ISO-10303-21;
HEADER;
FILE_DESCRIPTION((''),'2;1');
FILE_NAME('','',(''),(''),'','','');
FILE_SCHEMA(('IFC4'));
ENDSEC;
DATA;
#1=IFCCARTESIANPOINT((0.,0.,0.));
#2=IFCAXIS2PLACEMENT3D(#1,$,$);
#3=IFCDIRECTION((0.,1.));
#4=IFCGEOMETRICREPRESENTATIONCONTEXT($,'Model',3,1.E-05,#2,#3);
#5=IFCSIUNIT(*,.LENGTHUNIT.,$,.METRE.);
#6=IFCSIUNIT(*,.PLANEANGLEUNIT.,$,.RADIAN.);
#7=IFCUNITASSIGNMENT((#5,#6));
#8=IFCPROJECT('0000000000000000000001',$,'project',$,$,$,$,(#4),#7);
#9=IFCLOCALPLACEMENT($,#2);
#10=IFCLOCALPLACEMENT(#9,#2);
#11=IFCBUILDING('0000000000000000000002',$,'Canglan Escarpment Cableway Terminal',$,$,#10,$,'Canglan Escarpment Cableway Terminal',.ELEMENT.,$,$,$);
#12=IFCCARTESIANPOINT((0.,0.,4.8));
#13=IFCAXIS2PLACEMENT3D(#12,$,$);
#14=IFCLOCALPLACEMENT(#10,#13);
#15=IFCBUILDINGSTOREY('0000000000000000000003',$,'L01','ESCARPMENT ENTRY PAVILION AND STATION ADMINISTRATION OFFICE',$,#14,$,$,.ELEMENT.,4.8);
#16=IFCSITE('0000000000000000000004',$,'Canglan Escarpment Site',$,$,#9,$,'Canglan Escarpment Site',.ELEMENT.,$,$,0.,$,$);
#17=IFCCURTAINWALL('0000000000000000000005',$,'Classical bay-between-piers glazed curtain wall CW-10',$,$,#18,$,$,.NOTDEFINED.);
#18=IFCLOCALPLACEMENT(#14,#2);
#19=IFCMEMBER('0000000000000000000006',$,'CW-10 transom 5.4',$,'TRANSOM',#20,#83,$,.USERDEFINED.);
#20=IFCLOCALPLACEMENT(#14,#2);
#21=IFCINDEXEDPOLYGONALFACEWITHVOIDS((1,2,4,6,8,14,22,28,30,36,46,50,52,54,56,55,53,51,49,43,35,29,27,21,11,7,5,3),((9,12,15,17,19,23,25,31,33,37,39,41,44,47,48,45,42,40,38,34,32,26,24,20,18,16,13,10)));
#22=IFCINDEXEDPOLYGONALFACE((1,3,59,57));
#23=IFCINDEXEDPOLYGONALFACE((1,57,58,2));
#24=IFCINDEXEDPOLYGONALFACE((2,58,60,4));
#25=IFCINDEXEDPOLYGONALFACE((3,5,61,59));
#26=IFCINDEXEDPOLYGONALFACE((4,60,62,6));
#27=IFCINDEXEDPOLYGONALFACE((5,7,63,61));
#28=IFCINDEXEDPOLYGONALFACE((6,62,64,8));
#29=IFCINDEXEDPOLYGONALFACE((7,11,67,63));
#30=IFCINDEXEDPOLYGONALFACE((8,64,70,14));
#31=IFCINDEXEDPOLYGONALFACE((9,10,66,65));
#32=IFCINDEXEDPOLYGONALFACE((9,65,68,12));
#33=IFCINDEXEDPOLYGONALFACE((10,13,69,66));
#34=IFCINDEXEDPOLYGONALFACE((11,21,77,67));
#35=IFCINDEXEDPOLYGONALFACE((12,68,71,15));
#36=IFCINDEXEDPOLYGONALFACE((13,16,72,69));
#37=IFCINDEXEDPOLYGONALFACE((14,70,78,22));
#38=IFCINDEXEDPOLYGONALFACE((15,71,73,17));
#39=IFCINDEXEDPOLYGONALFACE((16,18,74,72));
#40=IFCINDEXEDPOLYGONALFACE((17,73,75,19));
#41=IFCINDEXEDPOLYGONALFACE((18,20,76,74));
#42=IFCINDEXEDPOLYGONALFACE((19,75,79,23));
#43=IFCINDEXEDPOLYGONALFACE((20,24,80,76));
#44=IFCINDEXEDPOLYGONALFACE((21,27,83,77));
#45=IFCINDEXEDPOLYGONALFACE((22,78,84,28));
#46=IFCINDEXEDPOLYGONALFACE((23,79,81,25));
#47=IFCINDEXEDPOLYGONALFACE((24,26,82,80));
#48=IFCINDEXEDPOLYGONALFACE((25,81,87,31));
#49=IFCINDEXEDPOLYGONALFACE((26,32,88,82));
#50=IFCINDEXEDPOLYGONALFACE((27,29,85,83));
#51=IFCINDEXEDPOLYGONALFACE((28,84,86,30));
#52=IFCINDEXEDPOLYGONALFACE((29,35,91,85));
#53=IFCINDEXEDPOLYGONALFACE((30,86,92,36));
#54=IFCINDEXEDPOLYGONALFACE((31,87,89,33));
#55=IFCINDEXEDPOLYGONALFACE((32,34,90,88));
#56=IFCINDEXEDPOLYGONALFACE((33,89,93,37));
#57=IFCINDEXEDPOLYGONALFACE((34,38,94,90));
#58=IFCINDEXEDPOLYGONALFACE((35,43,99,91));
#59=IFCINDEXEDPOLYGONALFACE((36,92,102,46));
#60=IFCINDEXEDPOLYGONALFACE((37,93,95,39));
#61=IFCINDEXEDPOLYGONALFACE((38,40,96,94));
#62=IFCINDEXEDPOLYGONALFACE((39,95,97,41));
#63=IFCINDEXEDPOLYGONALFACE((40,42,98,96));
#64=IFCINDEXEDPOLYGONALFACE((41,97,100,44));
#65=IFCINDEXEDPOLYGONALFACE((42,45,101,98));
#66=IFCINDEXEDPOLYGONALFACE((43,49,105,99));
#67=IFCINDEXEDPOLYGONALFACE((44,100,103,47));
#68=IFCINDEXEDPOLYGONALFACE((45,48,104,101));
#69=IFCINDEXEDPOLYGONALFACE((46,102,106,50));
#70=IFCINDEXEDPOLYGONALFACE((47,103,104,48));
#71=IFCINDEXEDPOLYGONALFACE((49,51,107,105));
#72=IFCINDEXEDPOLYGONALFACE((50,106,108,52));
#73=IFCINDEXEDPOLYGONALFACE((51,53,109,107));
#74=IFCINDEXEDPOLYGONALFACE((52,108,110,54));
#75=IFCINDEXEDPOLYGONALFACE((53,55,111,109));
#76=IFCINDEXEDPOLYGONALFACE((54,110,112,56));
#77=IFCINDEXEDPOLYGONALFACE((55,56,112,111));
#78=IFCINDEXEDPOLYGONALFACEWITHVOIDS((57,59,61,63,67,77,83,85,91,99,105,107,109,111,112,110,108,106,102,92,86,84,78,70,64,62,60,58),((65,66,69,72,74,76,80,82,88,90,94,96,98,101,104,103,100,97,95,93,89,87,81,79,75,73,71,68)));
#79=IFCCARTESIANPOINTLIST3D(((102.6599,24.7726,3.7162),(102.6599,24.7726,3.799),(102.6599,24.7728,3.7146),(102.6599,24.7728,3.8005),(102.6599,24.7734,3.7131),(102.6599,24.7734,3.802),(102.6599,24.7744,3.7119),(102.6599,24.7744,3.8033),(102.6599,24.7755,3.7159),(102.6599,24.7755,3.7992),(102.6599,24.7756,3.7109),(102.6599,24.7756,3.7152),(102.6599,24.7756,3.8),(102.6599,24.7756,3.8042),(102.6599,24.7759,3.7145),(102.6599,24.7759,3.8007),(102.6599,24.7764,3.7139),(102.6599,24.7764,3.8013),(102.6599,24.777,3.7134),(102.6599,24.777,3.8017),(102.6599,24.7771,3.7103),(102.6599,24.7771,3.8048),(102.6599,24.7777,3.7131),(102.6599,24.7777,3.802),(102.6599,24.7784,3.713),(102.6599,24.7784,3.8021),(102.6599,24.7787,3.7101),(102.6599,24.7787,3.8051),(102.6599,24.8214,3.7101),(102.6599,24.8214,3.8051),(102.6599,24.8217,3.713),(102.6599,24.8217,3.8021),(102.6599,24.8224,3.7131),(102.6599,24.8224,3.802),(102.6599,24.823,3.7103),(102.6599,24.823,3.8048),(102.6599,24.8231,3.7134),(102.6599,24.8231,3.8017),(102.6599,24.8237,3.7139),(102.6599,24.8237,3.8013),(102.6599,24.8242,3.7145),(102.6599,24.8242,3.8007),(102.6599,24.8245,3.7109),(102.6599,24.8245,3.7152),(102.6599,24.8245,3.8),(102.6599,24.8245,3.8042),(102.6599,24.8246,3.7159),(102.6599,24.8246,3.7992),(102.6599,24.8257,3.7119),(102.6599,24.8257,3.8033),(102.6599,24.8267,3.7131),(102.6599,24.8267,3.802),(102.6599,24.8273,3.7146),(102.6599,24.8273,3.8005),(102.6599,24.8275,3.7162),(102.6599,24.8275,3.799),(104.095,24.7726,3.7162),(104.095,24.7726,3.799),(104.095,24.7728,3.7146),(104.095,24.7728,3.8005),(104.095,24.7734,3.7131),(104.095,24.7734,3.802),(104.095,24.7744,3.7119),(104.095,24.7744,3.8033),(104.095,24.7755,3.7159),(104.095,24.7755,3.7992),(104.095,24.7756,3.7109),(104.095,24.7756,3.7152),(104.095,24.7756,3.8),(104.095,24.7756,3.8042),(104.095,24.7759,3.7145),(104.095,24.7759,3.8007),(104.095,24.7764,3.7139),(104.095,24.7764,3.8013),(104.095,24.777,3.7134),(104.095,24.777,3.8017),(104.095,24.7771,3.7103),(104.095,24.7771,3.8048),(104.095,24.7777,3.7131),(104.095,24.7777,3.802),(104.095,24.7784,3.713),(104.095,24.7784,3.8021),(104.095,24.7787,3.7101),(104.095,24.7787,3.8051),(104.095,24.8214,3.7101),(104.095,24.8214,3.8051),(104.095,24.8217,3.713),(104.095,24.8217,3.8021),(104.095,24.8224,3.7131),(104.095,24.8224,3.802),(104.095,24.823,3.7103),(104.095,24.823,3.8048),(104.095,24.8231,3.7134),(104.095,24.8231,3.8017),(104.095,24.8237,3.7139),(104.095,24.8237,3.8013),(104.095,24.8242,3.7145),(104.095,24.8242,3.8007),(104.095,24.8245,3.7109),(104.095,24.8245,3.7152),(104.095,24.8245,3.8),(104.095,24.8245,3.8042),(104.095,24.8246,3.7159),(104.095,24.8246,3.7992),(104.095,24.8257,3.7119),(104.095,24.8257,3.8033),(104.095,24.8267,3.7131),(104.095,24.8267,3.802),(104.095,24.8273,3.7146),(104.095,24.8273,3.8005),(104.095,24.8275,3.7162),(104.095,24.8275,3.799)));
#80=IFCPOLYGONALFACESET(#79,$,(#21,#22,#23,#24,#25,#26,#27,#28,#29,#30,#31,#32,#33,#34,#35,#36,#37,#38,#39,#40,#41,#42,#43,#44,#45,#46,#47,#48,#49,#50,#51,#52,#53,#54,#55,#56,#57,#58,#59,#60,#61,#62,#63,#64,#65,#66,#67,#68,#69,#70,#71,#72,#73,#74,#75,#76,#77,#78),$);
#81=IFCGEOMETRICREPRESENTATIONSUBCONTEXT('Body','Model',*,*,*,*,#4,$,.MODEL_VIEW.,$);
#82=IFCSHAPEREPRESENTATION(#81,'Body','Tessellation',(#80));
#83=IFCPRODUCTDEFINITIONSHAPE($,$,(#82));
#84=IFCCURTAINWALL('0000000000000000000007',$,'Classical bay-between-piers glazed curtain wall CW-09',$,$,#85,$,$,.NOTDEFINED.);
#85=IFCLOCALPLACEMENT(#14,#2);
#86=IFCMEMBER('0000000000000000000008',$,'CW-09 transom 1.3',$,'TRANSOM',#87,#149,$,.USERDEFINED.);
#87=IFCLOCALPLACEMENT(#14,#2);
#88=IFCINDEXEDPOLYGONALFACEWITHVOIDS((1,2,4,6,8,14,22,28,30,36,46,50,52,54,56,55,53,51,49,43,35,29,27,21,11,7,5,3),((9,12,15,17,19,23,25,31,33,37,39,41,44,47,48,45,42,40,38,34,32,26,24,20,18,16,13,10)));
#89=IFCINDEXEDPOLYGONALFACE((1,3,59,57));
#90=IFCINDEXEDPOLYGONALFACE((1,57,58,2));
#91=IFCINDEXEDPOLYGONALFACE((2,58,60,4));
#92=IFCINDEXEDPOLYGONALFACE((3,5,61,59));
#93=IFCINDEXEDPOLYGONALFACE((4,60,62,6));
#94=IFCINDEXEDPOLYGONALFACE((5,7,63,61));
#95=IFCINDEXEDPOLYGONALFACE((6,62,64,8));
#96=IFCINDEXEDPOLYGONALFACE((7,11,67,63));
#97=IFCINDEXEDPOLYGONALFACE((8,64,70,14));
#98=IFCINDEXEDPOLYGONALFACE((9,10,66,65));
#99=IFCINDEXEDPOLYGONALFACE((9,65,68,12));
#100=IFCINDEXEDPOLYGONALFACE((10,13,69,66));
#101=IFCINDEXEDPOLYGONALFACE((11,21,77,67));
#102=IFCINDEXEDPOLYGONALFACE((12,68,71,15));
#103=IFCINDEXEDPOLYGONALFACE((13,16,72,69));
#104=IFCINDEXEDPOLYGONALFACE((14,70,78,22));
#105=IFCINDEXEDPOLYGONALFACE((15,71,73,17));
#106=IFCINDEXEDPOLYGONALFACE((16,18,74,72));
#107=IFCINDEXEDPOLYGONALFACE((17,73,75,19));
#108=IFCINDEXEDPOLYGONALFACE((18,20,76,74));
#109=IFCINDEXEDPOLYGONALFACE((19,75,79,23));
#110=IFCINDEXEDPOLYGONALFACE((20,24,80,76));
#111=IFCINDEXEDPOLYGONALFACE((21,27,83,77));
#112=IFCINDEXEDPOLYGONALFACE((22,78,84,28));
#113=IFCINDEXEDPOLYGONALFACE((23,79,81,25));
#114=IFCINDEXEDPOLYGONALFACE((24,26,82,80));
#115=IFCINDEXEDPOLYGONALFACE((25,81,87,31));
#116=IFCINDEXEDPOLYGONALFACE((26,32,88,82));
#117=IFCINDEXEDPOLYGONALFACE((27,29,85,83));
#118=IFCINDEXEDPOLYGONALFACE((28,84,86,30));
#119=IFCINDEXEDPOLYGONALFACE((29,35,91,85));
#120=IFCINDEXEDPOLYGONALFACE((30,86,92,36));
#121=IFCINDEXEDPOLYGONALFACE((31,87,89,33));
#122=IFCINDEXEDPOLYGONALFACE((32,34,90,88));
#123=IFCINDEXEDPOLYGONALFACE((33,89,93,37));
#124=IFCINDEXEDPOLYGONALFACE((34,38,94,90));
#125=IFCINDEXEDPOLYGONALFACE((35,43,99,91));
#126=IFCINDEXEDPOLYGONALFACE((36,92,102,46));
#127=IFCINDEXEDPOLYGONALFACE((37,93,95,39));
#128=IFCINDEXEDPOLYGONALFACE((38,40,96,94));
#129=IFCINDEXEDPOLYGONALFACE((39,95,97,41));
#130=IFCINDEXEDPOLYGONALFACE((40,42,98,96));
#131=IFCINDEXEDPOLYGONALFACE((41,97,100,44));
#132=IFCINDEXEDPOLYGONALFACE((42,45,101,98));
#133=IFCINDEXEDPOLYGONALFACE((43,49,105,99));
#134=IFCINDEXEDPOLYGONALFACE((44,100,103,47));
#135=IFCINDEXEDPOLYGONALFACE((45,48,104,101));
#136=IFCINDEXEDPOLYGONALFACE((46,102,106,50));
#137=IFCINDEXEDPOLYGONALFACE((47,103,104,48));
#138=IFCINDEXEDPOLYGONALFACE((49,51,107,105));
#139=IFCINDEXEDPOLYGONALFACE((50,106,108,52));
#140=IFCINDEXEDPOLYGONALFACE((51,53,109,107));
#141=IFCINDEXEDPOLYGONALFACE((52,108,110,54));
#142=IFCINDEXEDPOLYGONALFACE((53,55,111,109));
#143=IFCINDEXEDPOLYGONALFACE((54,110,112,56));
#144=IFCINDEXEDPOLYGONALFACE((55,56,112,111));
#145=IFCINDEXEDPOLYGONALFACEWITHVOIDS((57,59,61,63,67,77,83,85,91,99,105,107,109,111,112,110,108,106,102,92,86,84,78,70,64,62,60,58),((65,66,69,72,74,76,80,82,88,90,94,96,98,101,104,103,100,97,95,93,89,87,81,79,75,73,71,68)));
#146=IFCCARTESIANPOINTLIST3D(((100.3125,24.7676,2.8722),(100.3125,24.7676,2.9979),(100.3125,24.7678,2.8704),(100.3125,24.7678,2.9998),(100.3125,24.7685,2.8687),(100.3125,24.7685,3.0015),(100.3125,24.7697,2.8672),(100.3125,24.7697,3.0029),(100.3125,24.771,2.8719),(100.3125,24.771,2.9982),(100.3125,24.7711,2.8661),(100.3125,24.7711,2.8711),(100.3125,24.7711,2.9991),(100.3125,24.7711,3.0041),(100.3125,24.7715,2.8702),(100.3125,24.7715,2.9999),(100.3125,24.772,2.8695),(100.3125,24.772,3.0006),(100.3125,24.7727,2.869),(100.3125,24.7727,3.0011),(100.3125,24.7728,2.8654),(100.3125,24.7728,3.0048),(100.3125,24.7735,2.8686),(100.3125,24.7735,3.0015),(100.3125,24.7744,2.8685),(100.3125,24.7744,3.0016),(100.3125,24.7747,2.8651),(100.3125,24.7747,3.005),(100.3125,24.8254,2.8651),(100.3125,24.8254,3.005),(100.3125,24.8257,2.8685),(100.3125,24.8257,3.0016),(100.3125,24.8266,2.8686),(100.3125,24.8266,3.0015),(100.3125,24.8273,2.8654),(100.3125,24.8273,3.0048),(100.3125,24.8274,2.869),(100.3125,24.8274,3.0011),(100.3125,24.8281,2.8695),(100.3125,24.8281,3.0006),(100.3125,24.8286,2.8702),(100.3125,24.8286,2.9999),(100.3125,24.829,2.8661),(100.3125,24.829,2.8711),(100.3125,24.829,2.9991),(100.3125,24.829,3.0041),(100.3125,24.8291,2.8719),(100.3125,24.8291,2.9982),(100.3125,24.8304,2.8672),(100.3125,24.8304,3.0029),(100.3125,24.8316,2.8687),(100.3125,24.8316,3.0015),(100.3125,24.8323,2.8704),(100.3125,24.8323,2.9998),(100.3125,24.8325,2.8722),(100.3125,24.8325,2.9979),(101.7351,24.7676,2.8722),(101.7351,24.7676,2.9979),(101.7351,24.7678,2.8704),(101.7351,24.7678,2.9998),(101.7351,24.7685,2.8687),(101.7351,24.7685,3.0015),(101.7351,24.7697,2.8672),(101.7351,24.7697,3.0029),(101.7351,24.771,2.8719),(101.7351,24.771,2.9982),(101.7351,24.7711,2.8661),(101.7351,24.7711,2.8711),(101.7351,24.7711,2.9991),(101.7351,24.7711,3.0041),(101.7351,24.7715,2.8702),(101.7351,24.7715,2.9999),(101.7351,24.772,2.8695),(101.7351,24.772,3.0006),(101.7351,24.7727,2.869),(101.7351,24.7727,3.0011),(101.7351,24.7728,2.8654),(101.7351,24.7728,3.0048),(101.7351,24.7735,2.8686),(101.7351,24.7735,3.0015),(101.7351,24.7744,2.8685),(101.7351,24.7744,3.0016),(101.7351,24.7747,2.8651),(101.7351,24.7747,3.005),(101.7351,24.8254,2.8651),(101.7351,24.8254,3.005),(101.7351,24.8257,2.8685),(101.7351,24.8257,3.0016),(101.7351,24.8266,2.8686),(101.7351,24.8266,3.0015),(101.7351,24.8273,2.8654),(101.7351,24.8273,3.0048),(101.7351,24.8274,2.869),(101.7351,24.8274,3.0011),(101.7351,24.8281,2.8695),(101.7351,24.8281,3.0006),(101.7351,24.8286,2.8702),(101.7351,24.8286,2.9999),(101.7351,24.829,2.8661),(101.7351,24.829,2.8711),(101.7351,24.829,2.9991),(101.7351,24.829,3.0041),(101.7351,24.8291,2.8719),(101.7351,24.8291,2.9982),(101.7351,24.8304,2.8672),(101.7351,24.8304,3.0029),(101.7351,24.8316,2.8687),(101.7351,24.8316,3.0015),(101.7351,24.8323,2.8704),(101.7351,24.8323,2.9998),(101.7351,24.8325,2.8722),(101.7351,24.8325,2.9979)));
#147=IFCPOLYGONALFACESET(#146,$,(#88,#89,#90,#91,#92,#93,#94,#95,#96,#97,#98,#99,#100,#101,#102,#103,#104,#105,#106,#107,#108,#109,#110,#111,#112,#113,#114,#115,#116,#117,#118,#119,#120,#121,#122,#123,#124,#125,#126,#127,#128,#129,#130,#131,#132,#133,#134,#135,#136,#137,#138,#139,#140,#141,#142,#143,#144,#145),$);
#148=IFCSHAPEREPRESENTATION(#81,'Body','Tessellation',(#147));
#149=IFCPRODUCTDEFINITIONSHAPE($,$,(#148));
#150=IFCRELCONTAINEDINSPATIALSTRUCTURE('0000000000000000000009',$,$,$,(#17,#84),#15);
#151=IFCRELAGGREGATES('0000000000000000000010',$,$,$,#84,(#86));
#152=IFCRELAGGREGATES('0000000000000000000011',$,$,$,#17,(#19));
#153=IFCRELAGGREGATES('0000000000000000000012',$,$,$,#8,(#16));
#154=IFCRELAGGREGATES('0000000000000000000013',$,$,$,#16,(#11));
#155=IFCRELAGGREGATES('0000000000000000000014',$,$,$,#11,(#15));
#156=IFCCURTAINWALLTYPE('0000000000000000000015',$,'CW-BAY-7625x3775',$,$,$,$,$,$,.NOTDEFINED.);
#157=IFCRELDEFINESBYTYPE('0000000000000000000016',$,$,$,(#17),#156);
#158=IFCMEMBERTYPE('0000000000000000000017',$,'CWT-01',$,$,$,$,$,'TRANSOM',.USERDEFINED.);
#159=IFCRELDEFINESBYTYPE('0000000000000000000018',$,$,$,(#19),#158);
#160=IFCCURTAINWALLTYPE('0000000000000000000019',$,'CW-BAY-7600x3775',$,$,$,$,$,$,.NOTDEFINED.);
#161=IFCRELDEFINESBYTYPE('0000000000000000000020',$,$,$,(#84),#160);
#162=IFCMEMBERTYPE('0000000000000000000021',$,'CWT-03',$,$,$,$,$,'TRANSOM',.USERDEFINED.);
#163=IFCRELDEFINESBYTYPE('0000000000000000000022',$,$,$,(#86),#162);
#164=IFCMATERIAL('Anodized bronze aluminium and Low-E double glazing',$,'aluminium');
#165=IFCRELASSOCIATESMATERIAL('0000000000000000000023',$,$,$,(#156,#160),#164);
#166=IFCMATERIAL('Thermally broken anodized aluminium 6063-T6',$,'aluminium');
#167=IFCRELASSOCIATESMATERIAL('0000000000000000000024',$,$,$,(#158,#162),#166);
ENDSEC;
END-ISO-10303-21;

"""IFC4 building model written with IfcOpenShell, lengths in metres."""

from ifc_helpers import new_model, si_unit, direction, frame, origin, origin_2d, place, context, subcontext, project, spatial, hollow_rectangle, extrude, material, material_profile, profile_set, type_object, element, aggregate, save


model = new_model("IFC4")

# Units and contexts
model_context = context("Model", 3, precision=1e-05, world=origin(), true_north=direction((0.0, 1.0)))
body_context = subcontext(model_context, "Body", "Model", "MODEL_VIEW")
ifc_project = project(units=[si_unit("LENGTHUNIT", "METRE"), si_unit("PLANEANGLEUNIT", "RADIAN")], contexts=[model_context])

# Site, building, storey
site_placement = place(None, origin())
site = spatial("IfcSite", under=ifc_project, at=site_placement, Name="Canglan Escarpment Site", LongName="Canglan Escarpment Site", CompositionType="ELEMENT", RefElevation=0.0)
building_placement = place(site_placement, origin())
building = spatial("IfcBuilding", under=site, at=building_placement, Name="Canglan Escarpment Cableway Terminal", LongName="Canglan Escarpment Cableway Terminal", CompositionType="ELEMENT")
storey_placement = place(building_placement, frame((0.0, 0.0, 4.8)))
storey = spatial("IfcBuildingStorey", under=building, at=storey_placement, Name="L01", Description="ESCARPMENT ENTRY PAVILION AND STATION ADMINISTRATION OFFICE", CompositionType="ELEMENT", Elevation=4.8)

# Curtain walls, members
ifc_material_1 = material(Name="Anodized bronze aluminium and Low-E double glazing", Category="aluminium")
curtain_wall_type_1 = type_object("IfcCurtainWallType", Name="CW-BAY-7625x3775", PredefinedType="NOTDEFINED", material=ifc_material_1)
curtain_wall_1_placement = place(storey_placement, origin())
curtain_wall_1 = element("IfcCurtainWall", 1, at=curtain_wall_1_placement, inside=storey, type_object=curtain_wall_type_1, Name="Classical bay-between-piers glazed curtain wall CW-10", PredefinedType="NOTDEFINED")
ifc_material_2 = material(Name="Thermally broken anodized aluminium 6063-T6", Category="aluminium")
ifc_material_profile_1 = material_profile(ifc_material_2, hollow_rectangle(XDim=0.0549, YDim=0.095, WallThickness=0.0029, InnerFilletRadius=0.0029, OuterFilletRadius=0.0061, at=origin_2d()), Name="ALU-TRAN 55x95x3")
ifc_profile_set_1 = profile_set([ifc_material_profile_1], Name="Thermally broken anodized aluminium 6063-T6")
member_type_1 = type_object("IfcMemberType", Name="CWT-01", ElementType="TRANSOM", PredefinedType="USERDEFINED", material=ifc_profile_set_1)
member_1_placement = place(storey_placement, frame((104.095, 24.8, 3.7576), z_axis=(-1.0, 0.0, 0.0), x_axis=(0.0, -1.0, 0.0)))
member_1 = element("IfcMember", 2, at=member_1_placement, type_object=member_type_1, Name="CW-10 transom 5.4", ObjectType="TRANSOM", PredefinedType="USERDEFINED", context=body_context, shape_type="SweptSolid", body=[
    extrude(hollow_rectangle(XDim=0.0549, YDim=0.095, WallThickness=0.0029, InnerFilletRadius=0.0029, OuterFilletRadius=0.0061, at=origin_2d()), origin(), (0.0, 0.0, 1.0), 1.4351),
])
curtain_wall_type_2 = type_object("IfcCurtainWallType", Name="CW-BAY-7600x3775", PredefinedType="NOTDEFINED", material=ifc_material_1)
curtain_wall_2_placement = place(storey_placement, origin())
curtain_wall_2 = element("IfcCurtainWall", 3, at=curtain_wall_2_placement, inside=storey, type_object=curtain_wall_type_2, Name="Classical bay-between-piers glazed curtain wall CW-09", PredefinedType="NOTDEFINED")
ifc_material_profile_2 = material_profile(ifc_material_2, hollow_rectangle(XDim=0.0649, YDim=0.1399, WallThickness=0.0034, InnerFilletRadius=0.0034, OuterFilletRadius=0.0071, at=origin_2d()), Name="ALU-TRAN 65x140x3.5")
ifc_profile_set_2 = profile_set([ifc_material_profile_2], Name="Thermally broken anodized aluminium 6063-T6")
member_type_2 = type_object("IfcMemberType", Name="CWT-03", ElementType="TRANSOM", PredefinedType="USERDEFINED", material=ifc_profile_set_2)
member_2_placement = place(storey_placement, frame((101.7351, 24.8, 2.9351), z_axis=(-1.0, 0.0, 0.0), x_axis=(0.0, -1.0, 0.0)))
member_2 = element("IfcMember", 4, at=member_2_placement, type_object=member_type_2, Name="CW-09 transom 1.3", ObjectType="TRANSOM", PredefinedType="USERDEFINED", context=body_context, shape_type="SweptSolid", body=[
    extrude(hollow_rectangle(XDim=0.0649, YDim=0.1399, WallThickness=0.0034, InnerFilletRadius=0.0034, OuterFilletRadius=0.0071, at=origin_2d()), origin(), (0.0, 0.0, 1.0), 1.4226),
])
aggregate(curtain_wall_2, [member_2])

aggregate(curtain_wall_1, [member_1])

save(model, "model.ifc")
